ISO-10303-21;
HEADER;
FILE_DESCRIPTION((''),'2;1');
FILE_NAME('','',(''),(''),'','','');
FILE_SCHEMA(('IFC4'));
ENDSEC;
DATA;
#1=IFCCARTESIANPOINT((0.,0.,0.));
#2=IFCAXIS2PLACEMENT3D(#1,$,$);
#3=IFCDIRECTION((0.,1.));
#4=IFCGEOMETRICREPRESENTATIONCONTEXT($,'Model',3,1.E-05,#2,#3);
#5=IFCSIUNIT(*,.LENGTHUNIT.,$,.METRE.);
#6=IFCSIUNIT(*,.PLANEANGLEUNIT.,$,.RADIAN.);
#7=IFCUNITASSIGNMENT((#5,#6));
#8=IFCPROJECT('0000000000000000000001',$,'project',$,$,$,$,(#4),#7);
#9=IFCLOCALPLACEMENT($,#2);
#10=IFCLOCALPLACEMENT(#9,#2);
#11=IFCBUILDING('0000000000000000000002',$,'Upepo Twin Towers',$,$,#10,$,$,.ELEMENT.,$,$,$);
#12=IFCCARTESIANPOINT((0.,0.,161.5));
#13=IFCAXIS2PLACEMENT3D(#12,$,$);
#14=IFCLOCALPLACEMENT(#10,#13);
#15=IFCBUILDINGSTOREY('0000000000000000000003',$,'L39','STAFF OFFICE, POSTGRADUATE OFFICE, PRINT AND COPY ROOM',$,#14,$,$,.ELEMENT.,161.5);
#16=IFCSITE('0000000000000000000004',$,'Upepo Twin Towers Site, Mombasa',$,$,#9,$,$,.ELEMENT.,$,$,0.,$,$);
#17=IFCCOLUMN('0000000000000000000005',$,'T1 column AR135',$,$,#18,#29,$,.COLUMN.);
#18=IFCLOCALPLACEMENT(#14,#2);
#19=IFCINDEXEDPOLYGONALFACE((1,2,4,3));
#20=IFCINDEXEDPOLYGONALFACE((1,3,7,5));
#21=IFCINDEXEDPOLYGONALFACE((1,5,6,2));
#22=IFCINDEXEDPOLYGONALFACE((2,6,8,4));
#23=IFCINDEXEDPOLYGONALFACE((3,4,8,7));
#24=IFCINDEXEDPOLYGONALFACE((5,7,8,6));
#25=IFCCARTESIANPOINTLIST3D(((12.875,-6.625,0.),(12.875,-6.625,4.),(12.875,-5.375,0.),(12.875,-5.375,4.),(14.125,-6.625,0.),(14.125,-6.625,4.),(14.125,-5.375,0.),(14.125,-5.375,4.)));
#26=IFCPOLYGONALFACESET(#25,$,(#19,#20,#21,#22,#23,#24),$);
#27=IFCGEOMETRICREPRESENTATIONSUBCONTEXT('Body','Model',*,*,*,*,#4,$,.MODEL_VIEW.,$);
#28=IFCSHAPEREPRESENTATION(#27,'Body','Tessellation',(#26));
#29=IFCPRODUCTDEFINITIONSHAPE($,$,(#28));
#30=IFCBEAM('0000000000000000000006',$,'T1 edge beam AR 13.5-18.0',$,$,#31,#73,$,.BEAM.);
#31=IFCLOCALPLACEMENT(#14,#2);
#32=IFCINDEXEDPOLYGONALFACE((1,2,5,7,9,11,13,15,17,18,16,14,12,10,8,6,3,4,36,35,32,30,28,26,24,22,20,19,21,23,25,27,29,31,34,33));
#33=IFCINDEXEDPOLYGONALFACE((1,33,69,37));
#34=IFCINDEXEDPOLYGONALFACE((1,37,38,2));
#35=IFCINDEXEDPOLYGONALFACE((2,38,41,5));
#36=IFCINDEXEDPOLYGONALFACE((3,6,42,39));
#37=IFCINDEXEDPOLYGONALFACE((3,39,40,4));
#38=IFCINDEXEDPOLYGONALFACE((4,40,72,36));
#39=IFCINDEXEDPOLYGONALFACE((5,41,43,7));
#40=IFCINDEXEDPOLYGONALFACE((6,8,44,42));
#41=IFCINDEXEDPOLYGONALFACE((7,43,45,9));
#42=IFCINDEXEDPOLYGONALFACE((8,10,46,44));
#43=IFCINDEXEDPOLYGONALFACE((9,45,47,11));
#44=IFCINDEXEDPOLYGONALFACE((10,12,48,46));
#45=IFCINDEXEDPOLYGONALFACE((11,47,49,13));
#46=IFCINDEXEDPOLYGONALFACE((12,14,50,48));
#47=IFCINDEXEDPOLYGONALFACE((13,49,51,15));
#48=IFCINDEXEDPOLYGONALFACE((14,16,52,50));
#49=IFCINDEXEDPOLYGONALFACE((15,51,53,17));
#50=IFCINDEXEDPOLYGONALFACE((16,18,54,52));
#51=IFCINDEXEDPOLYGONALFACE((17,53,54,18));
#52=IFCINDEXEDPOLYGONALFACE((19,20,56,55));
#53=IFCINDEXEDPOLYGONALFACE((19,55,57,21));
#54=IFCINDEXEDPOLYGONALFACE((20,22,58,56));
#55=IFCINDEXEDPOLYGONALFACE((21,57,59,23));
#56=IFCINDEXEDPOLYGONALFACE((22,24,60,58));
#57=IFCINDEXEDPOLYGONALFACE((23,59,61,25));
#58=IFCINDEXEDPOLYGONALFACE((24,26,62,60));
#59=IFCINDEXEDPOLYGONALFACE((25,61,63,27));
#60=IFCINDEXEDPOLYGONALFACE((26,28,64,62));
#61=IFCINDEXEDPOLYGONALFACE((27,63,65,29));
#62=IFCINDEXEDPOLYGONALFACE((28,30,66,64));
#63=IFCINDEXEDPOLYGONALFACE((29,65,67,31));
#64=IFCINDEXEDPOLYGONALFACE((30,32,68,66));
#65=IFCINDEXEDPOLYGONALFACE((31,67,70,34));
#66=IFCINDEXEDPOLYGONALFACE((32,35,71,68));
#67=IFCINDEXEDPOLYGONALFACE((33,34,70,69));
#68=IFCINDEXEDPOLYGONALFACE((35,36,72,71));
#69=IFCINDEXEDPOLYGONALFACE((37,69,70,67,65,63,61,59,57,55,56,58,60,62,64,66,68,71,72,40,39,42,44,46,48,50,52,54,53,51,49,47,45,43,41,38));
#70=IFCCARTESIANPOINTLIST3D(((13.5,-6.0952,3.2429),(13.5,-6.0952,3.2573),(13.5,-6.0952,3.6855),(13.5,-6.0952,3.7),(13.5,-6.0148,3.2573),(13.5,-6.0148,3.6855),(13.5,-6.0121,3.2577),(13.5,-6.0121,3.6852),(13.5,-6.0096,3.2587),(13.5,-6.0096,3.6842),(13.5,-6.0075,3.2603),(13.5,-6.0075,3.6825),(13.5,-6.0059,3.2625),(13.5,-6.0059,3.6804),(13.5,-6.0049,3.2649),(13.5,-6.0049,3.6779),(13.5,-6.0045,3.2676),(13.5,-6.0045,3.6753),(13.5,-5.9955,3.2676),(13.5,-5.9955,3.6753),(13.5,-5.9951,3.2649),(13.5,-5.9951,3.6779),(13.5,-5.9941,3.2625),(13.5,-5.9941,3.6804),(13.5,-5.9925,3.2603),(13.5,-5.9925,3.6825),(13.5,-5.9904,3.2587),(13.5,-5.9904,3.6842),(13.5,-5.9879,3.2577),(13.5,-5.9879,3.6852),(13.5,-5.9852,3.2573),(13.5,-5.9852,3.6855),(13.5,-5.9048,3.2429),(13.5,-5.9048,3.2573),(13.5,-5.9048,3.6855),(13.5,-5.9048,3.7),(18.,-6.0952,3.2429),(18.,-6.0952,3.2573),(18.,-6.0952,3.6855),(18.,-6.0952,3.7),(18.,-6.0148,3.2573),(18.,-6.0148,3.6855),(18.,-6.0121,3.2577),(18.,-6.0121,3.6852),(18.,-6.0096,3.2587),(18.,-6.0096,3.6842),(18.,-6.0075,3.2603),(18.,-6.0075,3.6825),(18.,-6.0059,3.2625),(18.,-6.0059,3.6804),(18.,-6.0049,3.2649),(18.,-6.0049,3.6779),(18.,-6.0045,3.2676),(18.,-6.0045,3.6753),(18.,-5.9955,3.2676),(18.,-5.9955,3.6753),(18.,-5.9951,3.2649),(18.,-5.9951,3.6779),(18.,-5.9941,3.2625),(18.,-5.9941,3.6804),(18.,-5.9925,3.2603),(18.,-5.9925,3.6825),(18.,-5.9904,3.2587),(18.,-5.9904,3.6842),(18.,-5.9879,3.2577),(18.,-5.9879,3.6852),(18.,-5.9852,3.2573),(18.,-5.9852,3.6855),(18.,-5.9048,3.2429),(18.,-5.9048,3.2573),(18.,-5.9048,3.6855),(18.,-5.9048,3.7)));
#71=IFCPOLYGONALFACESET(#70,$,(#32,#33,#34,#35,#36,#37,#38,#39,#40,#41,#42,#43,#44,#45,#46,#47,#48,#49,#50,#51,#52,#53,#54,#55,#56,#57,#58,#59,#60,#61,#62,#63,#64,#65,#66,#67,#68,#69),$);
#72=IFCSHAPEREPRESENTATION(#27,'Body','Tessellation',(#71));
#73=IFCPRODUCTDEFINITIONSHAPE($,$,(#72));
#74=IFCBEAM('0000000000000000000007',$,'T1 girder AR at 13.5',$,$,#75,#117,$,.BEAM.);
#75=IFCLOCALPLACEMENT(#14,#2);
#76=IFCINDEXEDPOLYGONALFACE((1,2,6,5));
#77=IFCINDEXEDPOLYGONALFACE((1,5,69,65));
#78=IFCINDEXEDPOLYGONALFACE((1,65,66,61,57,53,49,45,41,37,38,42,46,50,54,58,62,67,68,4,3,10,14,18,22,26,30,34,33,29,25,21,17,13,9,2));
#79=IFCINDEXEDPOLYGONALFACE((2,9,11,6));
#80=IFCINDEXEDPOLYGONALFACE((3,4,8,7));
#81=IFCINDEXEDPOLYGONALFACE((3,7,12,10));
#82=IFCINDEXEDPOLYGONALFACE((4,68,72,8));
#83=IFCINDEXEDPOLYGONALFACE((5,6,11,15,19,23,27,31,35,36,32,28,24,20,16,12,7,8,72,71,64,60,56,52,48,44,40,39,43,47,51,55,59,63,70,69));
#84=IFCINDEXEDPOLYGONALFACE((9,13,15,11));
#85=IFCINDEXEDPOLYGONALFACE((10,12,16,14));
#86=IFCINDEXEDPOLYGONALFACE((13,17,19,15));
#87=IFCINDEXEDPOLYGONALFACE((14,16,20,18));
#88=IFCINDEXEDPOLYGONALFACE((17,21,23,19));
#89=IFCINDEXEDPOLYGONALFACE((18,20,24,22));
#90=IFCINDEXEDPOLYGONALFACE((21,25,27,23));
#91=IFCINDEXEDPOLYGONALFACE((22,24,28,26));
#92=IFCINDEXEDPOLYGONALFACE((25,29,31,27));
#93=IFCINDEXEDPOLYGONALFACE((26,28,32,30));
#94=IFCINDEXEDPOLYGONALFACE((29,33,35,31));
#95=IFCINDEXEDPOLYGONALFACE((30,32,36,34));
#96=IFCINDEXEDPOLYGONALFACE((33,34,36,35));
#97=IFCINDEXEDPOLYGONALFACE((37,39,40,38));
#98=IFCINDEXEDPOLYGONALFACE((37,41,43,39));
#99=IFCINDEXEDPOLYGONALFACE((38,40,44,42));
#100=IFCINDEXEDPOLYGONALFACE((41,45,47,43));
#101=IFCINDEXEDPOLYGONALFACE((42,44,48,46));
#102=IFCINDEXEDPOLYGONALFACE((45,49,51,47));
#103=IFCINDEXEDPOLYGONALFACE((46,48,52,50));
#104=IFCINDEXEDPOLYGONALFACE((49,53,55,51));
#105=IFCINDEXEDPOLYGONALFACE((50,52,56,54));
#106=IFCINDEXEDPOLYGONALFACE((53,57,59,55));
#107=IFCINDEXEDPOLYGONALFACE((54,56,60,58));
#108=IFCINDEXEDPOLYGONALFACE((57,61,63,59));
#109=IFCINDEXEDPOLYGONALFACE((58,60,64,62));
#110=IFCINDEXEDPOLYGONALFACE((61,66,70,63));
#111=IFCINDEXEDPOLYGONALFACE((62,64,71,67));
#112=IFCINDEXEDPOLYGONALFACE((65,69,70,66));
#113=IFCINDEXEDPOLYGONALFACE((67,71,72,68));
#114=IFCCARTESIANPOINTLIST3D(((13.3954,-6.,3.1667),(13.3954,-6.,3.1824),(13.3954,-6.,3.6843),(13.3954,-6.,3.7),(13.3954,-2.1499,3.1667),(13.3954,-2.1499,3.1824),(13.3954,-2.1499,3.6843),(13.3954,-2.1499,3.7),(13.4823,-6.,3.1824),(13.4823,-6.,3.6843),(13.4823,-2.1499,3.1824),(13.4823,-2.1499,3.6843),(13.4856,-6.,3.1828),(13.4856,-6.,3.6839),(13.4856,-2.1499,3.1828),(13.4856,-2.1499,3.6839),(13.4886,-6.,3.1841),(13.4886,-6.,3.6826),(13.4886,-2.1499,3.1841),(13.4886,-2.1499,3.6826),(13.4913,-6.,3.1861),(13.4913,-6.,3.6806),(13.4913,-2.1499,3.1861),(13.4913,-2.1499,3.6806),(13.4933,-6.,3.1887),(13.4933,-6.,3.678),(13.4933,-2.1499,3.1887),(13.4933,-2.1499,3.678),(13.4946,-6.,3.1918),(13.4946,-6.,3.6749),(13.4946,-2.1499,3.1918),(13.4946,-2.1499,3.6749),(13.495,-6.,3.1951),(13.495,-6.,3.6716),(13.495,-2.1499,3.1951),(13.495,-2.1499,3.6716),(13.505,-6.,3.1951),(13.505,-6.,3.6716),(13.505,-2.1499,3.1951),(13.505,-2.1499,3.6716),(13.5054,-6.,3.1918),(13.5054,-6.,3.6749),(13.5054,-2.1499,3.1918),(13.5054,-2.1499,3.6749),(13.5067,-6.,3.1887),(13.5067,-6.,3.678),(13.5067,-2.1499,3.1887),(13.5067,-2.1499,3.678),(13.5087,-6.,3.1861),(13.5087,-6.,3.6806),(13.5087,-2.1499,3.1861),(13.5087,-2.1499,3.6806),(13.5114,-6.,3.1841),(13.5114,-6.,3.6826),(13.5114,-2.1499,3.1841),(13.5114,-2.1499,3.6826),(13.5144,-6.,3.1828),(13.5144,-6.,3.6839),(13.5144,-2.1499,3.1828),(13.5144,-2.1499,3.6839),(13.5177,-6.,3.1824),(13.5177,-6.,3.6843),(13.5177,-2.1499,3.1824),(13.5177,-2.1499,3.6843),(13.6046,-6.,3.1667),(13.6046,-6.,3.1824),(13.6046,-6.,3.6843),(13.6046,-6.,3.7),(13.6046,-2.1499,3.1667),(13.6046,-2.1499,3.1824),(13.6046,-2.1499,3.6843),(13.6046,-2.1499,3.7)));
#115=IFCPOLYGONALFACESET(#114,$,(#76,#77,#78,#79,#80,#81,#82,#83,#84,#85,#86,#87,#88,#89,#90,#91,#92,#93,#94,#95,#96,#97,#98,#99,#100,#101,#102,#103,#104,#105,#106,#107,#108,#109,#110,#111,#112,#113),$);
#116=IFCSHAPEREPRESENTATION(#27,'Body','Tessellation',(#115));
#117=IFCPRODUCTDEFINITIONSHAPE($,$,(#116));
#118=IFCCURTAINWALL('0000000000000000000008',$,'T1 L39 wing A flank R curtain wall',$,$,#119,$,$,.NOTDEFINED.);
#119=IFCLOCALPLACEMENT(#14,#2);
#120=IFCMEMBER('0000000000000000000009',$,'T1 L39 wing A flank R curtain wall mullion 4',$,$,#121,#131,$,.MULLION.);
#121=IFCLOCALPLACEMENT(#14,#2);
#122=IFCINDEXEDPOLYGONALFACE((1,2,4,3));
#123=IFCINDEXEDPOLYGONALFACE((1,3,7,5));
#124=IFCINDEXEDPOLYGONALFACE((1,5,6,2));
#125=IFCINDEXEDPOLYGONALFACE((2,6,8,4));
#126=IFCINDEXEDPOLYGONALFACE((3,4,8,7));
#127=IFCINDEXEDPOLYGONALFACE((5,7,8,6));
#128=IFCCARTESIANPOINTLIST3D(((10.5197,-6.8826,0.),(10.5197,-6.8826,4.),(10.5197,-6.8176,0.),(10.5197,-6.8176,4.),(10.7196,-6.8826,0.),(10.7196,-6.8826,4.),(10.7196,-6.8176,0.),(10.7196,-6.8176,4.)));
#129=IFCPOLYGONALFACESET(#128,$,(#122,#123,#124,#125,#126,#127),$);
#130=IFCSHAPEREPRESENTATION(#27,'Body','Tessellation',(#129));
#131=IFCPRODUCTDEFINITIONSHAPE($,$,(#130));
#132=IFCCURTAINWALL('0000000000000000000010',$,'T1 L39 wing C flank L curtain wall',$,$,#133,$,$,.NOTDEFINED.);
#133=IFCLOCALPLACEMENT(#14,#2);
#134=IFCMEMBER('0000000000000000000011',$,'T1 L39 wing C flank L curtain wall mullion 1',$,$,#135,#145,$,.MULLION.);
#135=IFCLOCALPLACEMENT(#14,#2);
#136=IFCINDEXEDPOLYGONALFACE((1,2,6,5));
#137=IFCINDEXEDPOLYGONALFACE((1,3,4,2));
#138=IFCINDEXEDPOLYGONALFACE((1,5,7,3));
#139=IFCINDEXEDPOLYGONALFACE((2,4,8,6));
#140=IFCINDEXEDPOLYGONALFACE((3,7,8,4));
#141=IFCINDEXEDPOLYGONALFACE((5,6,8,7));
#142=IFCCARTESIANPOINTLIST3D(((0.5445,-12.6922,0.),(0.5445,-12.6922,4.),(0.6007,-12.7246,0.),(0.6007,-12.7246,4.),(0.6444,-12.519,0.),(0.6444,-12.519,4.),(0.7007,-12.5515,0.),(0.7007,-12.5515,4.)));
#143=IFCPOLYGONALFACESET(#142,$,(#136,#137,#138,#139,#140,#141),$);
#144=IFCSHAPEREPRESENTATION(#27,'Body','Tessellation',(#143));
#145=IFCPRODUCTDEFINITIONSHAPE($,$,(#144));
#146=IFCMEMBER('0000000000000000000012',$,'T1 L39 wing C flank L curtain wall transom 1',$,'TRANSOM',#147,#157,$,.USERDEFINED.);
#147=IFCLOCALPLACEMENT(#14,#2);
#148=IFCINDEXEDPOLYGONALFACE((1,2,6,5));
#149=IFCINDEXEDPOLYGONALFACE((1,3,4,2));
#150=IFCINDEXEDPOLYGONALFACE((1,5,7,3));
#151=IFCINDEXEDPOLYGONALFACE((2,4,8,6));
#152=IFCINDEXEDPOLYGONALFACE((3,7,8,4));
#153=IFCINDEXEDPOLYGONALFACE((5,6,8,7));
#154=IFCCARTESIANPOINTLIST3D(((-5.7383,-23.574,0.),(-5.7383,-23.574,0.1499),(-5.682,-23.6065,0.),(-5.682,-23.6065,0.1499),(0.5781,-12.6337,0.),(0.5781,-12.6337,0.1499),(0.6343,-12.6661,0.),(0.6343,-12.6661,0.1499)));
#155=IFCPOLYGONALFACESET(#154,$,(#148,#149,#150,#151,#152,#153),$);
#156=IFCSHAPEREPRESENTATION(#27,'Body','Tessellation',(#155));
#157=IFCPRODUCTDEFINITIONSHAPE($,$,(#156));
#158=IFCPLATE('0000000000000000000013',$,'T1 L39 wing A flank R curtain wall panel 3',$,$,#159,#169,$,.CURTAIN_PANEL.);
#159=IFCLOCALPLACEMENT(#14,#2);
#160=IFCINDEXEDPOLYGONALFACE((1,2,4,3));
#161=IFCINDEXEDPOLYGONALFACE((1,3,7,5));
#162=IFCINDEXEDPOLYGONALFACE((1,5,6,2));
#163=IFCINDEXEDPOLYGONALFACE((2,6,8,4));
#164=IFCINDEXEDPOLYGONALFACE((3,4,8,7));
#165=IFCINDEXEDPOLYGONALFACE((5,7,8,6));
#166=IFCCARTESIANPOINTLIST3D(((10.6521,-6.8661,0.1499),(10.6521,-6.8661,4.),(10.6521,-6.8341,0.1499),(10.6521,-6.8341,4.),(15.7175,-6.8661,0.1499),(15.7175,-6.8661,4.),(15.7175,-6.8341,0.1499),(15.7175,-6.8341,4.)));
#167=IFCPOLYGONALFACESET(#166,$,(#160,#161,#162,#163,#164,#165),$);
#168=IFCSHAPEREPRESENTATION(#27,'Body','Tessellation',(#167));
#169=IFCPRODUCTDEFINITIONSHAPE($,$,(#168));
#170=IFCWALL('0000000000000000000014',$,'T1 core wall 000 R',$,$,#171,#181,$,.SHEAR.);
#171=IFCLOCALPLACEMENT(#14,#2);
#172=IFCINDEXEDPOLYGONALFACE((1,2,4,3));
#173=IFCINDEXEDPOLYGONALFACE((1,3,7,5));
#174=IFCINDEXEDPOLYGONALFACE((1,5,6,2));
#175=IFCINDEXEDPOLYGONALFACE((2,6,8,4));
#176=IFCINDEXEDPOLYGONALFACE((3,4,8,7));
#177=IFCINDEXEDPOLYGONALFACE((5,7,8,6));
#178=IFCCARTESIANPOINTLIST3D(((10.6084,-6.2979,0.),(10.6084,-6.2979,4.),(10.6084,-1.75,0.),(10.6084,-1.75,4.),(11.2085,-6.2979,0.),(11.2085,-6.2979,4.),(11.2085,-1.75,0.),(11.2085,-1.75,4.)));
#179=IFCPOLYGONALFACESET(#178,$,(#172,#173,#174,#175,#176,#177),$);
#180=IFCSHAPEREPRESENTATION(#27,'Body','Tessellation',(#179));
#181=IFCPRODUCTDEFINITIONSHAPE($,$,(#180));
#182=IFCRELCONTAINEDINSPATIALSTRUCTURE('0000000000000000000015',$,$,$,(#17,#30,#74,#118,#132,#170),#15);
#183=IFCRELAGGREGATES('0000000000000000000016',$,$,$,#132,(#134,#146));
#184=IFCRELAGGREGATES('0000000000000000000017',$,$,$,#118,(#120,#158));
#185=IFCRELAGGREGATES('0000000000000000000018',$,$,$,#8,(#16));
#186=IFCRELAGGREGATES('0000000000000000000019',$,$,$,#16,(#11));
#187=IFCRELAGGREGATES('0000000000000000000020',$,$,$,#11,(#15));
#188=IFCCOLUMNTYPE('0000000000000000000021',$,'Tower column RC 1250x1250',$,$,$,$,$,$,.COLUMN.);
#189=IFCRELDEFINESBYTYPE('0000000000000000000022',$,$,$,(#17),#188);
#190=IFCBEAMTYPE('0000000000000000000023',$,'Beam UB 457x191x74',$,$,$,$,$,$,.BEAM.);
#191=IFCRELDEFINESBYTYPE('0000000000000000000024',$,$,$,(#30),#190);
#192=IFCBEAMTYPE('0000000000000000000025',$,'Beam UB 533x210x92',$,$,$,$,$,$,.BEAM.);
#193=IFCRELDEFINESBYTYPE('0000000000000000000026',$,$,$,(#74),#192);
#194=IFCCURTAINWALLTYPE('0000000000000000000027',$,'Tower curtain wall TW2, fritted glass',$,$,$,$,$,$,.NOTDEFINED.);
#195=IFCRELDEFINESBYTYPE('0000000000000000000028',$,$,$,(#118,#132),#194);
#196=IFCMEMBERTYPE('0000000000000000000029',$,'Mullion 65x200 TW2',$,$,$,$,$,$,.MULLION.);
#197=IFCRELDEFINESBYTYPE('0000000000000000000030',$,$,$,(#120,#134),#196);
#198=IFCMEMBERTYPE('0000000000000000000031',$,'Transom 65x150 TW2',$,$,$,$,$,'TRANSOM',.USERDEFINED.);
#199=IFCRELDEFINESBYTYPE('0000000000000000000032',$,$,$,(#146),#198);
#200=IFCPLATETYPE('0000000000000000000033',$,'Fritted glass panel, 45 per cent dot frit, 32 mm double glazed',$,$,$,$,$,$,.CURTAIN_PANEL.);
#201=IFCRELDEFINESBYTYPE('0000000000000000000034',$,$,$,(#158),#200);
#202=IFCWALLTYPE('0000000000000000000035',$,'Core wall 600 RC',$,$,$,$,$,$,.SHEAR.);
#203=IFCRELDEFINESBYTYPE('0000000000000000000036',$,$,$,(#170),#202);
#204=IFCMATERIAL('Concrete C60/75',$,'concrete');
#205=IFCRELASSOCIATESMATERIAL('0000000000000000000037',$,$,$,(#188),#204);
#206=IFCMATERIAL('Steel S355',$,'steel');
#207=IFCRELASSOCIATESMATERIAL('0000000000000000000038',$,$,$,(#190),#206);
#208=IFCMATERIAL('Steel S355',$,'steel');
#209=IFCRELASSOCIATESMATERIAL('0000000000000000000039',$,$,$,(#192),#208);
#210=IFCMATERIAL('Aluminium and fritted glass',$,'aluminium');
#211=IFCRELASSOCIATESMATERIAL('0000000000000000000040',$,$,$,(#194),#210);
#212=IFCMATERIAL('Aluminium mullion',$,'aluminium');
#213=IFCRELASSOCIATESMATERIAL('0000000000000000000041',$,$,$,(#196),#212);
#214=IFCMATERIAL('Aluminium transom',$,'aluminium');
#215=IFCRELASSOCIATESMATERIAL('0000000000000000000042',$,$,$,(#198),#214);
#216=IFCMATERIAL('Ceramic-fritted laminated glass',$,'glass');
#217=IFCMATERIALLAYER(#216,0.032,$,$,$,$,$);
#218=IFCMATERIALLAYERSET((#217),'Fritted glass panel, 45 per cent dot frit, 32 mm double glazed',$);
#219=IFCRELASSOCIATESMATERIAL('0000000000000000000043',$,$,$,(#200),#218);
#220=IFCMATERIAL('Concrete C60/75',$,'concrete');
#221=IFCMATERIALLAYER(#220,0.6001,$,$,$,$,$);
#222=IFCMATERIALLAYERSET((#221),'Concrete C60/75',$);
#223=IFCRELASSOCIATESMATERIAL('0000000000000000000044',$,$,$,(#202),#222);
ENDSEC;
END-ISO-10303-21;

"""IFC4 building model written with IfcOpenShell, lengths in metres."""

from ifc_helpers import new_model, si_unit, direction, frame, frame_2d, origin, origin_2d, place, context, subcontext, project, spatial, rectangle, i_section, extrude, material, layer, layer_set, material_profile, profile_set, type_object, element, aggregate, save


model = new_model("IFC4")

# Units and contexts
model_context = context("Model", 3, precision=1e-05, world=origin(), true_north=direction((0.0, 1.0)))
body_context = subcontext(model_context, "Body", "Model", "MODEL_VIEW")
ifc_project = project(units=[si_unit("LENGTHUNIT", "METRE"), si_unit("PLANEANGLEUNIT", "RADIAN")], contexts=[model_context])

# Site, building, storey
site_placement = place(None, origin())
site = spatial("IfcSite", under=ifc_project, at=site_placement, Name="Upepo Twin Towers Site, Mombasa", CompositionType="ELEMENT", RefElevation=0.0)
building_placement = place(site_placement, origin())
building = spatial("IfcBuilding", under=site, at=building_placement, Name="Upepo Twin Towers", CompositionType="ELEMENT")
storey_placement = place(building_placement, frame((0.0, 0.0, 161.5)))
storey = spatial("IfcBuildingStorey", under=building, at=storey_placement, Name="L39", Description="STAFF OFFICE, POSTGRADUATE OFFICE, PRINT AND COPY ROOM", CompositionType="ELEMENT", Elevation=161.5)

# Column
ifc_material_1 = material(Name="Concrete C60/75", Category="concrete")
ifc_material_profile_1 = material_profile(ifc_material_1, rectangle(XDim=1.25, YDim=1.25, at=origin_2d()), Name="RC 1250x1250")
ifc_profile_set_1 = profile_set([ifc_material_profile_1], Name="Concrete C60/75")
column_type = type_object("IfcColumnType", Name="Tower column RC 1250x1250", PredefinedType="COLUMN", material=ifc_profile_set_1)
column_placement = place(storey_placement, frame((13.5, -6.0, 0.0), z_axis=(0.0, 0.0, 1.0), x_axis=(1.0, 0.0, 0.0)))
element("IfcColumn", 1, at=column_placement, inside=storey, type_object=column_type, Name="T1 column AR135", PredefinedType="COLUMN", context=body_context, shape_type="SweptSolid", body=[
    extrude(rectangle(XDim=1.25, YDim=1.25, at=origin_2d()), origin(), (0.0, 0.0, 1.0), 4.0),
])

# Beams
ifc_material_2 = material(Name="Steel S355", Category="steel")
ifc_material_profile_2 = material_profile(ifc_material_2, i_section(OverallWidth=0.1904, OverallDepth=0.457, WebThickness=0.009, FlangeThickness=0.0144, FilletRadius=0.0103, at=origin_2d()), Name="UB 457x191x74")
ifc_profile_set_2 = profile_set([ifc_material_profile_2], Name="Steel S355")
beam_type_1 = type_object("IfcBeamType", Name="Beam UB 457x191x74", PredefinedType="BEAM", material=ifc_profile_set_2)
beam_1_placement = place(storey_placement, frame((13.5, -6.0, 3.4714), z_axis=(1.0, 0.0, 0.0), x_axis=(0.0, 1.0, 0.0)))
element("IfcBeam", 2, at=beam_1_placement, inside=storey, type_object=beam_type_1, Name="T1 edge beam AR 13.5-18.0", PredefinedType="BEAM", context=body_context, shape_type="SweptSolid", body=[
    extrude(i_section(OverallWidth=0.1904, OverallDepth=0.457, WebThickness=0.009, FlangeThickness=0.0144, FilletRadius=0.0103, at=origin_2d()), origin(), (0.0, 0.0, 1.0), 4.5),
])
ifc_material_3 = material(Name="Steel S355", Category="steel")
ifc_material_profile_3 = material_profile(ifc_material_3, i_section(OverallWidth=0.2092, OverallDepth=0.5332, WebThickness=0.01, FlangeThickness=0.0156, FilletRadius=0.0127, at=origin_2d()), Name="UB 533x210x92")
ifc_profile_set_3 = profile_set([ifc_material_profile_3], Name="Steel S355")
beam_type_2 = type_object("IfcBeamType", Name="Beam UB 533x210x92", PredefinedType="BEAM", material=ifc_profile_set_3)
beam_2_placement = place(storey_placement, frame((13.5, -6.0, 3.4333), z_axis=(0.0, 1.0, 0.0), x_axis=(-1.0, 0.0, 0.0)))
element("IfcBeam", 3, at=beam_2_placement, inside=storey, type_object=beam_type_2, Name="T1 girder AR at 13.5", PredefinedType="BEAM", context=body_context, shape_type="SweptSolid", body=[
    extrude(i_section(OverallWidth=0.2092, OverallDepth=0.5332, WebThickness=0.01, FlangeThickness=0.0156, FilletRadius=0.0127, at=origin_2d()), origin(), (0.0, 0.0, 1.0), 3.8501),
])

# Curtain wall, member
ifc_material_4 = material(Name="Aluminium and fritted glass", Category="aluminium")
curtain_wall_type = type_object("IfcCurtainWallType", Name="Tower curtain wall TW2, fritted glass", PredefinedType="NOTDEFINED", material=ifc_material_4)
curtain_wall_1_placement = place(storey_placement, origin())
curtain_wall_1 = element("IfcCurtainWall", 4, at=curtain_wall_1_placement, inside=storey, type_object=curtain_wall_type, Name="T1 L39 wing A flank R curtain wall", PredefinedType="NOTDEFINED")
ifc_material_5 = material(Name="Aluminium mullion", Category="aluminium")
ifc_material_profile_4 = material_profile(ifc_material_5, rectangle(XDim=0.0649, YDim=0.2, at=origin_2d()), Name="MULLION 65x200")
ifc_profile_set_4 = profile_set([ifc_material_profile_4], Name="Aluminium mullion")
member_type_1 = type_object("IfcMemberType", Name="Mullion 65x200 TW2", PredefinedType="MULLION", material=ifc_profile_set_4)
member_1_placement = place(storey_placement, frame((10.6196, -6.8501, 0.0), z_axis=(0.0, 0.0, 1.0), x_axis=(0.0, -1.0, 0.0)))
member_1 = element("IfcMember", 5, at=member_1_placement, type_object=member_type_1, Name="T1 L39 wing A flank R curtain wall mullion 4", PredefinedType="MULLION", context=body_context, shape_type="SweptSolid", body=[
    extrude(rectangle(XDim=0.0649, YDim=0.2, at=origin_2d()), origin(), (0.0, 0.0, 1.0), 4.0),
])

# Curtain wall, members
curtain_wall_2_placement = place(storey_placement, origin())
curtain_wall_2 = element("IfcCurtainWall", 6, at=curtain_wall_2_placement, inside=storey, type_object=curtain_wall_type, Name="T1 L39 wing C flank L curtain wall", PredefinedType="NOTDEFINED")
member_2_placement = place(storey_placement, frame((0.6226, -12.6218, 0.0), z_axis=(0.0, 0.0, 1.0), x_axis=(0.866025, -0.5, 0.0)))
member_2 = element("IfcMember", 7, at=member_2_placement, type_object=member_type_1, Name="T1 L39 wing C flank L curtain wall mullion 1", PredefinedType="MULLION", context=body_context, shape_type="SweptSolid", body=[
    extrude(rectangle(XDim=0.0649, YDim=0.2, at=origin_2d()), origin(), (0.0, 0.0, 1.0), 4.0),
])
ifc_material_6 = material(Name="Aluminium transom", Category="aluminium")
ifc_material_profile_5 = material_profile(ifc_material_6, rectangle(XDim=0.0649, YDim=0.1499, at=origin_2d()), Name="TRANSOM 65x150")
ifc_profile_set_5 = profile_set([ifc_material_profile_5], Name="Aluminium transom")
member_type_2 = type_object("IfcMemberType", Name="Transom 65x150 TW2", ElementType="TRANSOM", PredefinedType="USERDEFINED", material=ifc_profile_set_5)
member_3_placement = place(storey_placement, frame((0.6062, -12.6499, 0.075), z_axis=(-0.499997, -0.866027, 0.0), x_axis=(0.866027, -0.499997, 0.0)))
member_3 = element("IfcMember", 8, at=member_3_placement, type_object=member_type_2, Name="T1 L39 wing C flank L curtain wall transom 1", ObjectType="TRANSOM", PredefinedType="USERDEFINED", context=body_context, shape_type="SweptSolid", body=[
    extrude(rectangle(XDim=0.0649, YDim=0.1499, at=origin_2d()), origin(), (0.0, 0.0, 1.0), 12.6328),
])
aggregate(curtain_wall_2, [member_2, member_3])

# Plate
ifc_material_7 = material(Name="Ceramic-fritted laminated glass", Category="glass")
ifc_layer_1 = layer(ifc_material_7, 0.032)
ifc_layer_set_1 = layer_set([ifc_layer_1], Name="Fritted glass panel, 45 per cent dot frit, 32 mm double glazed")
plate_type = type_object("IfcPlateType", Name="Fritted glass panel, 45 per cent dot frit, 32 mm double glazed", PredefinedType="CURTAIN_PANEL", material=ifc_layer_set_1)
plate_placement = place(storey_placement, frame((13.1848, -6.8501, 0.1499), z_axis=(0.0, 0.0, 1.0), x_axis=(-1.0, 0.0, 0.0)))
plate = element("IfcPlate", 9, at=plate_placement, type_object=plate_type, Name="T1 L39 wing A flank R curtain wall panel 3", PredefinedType="CURTAIN_PANEL", context=body_context, shape_type="SweptSolid", body=[
    extrude(rectangle(XDim=5.0654, YDim=0.032, at=origin_2d()), origin(), (0.0, 0.0, 1.0), 3.8501),
])
aggregate(curtain_wall_1, [member_1, plate])

# Wall
ifc_material_8 = material(Name="Concrete C60/75", Category="concrete")
ifc_layer_2 = layer(ifc_material_8, 0.6001)
ifc_layer_set_2 = layer_set([ifc_layer_2], Name="Concrete C60/75")
wall_type_1 = type_object("IfcWallType", Name="Core wall 600 RC", PredefinedType="SHEAR", material=ifc_layer_set_2)
wall_1_placement = place(storey_placement, frame((10.9084, -6.2979, 0.0), z_axis=(0.0, 0.0, 1.0), x_axis=(0.0, 1.0, 0.0)))
element("IfcWall", 10, at=wall_1_placement, inside=storey, type_object=wall_type_1, Name="T1 core wall 000 R", PredefinedType="SHEAR", context=body_context, shape_type="SweptSolid", body=[
    extrude(rectangle(XDim=4.5479, YDim=0.6001, at=frame_2d((2.2739, 0.0))), origin(), (0.0, 0.0, 1.0), 4.0),
])

save(model, "model.ifc")
